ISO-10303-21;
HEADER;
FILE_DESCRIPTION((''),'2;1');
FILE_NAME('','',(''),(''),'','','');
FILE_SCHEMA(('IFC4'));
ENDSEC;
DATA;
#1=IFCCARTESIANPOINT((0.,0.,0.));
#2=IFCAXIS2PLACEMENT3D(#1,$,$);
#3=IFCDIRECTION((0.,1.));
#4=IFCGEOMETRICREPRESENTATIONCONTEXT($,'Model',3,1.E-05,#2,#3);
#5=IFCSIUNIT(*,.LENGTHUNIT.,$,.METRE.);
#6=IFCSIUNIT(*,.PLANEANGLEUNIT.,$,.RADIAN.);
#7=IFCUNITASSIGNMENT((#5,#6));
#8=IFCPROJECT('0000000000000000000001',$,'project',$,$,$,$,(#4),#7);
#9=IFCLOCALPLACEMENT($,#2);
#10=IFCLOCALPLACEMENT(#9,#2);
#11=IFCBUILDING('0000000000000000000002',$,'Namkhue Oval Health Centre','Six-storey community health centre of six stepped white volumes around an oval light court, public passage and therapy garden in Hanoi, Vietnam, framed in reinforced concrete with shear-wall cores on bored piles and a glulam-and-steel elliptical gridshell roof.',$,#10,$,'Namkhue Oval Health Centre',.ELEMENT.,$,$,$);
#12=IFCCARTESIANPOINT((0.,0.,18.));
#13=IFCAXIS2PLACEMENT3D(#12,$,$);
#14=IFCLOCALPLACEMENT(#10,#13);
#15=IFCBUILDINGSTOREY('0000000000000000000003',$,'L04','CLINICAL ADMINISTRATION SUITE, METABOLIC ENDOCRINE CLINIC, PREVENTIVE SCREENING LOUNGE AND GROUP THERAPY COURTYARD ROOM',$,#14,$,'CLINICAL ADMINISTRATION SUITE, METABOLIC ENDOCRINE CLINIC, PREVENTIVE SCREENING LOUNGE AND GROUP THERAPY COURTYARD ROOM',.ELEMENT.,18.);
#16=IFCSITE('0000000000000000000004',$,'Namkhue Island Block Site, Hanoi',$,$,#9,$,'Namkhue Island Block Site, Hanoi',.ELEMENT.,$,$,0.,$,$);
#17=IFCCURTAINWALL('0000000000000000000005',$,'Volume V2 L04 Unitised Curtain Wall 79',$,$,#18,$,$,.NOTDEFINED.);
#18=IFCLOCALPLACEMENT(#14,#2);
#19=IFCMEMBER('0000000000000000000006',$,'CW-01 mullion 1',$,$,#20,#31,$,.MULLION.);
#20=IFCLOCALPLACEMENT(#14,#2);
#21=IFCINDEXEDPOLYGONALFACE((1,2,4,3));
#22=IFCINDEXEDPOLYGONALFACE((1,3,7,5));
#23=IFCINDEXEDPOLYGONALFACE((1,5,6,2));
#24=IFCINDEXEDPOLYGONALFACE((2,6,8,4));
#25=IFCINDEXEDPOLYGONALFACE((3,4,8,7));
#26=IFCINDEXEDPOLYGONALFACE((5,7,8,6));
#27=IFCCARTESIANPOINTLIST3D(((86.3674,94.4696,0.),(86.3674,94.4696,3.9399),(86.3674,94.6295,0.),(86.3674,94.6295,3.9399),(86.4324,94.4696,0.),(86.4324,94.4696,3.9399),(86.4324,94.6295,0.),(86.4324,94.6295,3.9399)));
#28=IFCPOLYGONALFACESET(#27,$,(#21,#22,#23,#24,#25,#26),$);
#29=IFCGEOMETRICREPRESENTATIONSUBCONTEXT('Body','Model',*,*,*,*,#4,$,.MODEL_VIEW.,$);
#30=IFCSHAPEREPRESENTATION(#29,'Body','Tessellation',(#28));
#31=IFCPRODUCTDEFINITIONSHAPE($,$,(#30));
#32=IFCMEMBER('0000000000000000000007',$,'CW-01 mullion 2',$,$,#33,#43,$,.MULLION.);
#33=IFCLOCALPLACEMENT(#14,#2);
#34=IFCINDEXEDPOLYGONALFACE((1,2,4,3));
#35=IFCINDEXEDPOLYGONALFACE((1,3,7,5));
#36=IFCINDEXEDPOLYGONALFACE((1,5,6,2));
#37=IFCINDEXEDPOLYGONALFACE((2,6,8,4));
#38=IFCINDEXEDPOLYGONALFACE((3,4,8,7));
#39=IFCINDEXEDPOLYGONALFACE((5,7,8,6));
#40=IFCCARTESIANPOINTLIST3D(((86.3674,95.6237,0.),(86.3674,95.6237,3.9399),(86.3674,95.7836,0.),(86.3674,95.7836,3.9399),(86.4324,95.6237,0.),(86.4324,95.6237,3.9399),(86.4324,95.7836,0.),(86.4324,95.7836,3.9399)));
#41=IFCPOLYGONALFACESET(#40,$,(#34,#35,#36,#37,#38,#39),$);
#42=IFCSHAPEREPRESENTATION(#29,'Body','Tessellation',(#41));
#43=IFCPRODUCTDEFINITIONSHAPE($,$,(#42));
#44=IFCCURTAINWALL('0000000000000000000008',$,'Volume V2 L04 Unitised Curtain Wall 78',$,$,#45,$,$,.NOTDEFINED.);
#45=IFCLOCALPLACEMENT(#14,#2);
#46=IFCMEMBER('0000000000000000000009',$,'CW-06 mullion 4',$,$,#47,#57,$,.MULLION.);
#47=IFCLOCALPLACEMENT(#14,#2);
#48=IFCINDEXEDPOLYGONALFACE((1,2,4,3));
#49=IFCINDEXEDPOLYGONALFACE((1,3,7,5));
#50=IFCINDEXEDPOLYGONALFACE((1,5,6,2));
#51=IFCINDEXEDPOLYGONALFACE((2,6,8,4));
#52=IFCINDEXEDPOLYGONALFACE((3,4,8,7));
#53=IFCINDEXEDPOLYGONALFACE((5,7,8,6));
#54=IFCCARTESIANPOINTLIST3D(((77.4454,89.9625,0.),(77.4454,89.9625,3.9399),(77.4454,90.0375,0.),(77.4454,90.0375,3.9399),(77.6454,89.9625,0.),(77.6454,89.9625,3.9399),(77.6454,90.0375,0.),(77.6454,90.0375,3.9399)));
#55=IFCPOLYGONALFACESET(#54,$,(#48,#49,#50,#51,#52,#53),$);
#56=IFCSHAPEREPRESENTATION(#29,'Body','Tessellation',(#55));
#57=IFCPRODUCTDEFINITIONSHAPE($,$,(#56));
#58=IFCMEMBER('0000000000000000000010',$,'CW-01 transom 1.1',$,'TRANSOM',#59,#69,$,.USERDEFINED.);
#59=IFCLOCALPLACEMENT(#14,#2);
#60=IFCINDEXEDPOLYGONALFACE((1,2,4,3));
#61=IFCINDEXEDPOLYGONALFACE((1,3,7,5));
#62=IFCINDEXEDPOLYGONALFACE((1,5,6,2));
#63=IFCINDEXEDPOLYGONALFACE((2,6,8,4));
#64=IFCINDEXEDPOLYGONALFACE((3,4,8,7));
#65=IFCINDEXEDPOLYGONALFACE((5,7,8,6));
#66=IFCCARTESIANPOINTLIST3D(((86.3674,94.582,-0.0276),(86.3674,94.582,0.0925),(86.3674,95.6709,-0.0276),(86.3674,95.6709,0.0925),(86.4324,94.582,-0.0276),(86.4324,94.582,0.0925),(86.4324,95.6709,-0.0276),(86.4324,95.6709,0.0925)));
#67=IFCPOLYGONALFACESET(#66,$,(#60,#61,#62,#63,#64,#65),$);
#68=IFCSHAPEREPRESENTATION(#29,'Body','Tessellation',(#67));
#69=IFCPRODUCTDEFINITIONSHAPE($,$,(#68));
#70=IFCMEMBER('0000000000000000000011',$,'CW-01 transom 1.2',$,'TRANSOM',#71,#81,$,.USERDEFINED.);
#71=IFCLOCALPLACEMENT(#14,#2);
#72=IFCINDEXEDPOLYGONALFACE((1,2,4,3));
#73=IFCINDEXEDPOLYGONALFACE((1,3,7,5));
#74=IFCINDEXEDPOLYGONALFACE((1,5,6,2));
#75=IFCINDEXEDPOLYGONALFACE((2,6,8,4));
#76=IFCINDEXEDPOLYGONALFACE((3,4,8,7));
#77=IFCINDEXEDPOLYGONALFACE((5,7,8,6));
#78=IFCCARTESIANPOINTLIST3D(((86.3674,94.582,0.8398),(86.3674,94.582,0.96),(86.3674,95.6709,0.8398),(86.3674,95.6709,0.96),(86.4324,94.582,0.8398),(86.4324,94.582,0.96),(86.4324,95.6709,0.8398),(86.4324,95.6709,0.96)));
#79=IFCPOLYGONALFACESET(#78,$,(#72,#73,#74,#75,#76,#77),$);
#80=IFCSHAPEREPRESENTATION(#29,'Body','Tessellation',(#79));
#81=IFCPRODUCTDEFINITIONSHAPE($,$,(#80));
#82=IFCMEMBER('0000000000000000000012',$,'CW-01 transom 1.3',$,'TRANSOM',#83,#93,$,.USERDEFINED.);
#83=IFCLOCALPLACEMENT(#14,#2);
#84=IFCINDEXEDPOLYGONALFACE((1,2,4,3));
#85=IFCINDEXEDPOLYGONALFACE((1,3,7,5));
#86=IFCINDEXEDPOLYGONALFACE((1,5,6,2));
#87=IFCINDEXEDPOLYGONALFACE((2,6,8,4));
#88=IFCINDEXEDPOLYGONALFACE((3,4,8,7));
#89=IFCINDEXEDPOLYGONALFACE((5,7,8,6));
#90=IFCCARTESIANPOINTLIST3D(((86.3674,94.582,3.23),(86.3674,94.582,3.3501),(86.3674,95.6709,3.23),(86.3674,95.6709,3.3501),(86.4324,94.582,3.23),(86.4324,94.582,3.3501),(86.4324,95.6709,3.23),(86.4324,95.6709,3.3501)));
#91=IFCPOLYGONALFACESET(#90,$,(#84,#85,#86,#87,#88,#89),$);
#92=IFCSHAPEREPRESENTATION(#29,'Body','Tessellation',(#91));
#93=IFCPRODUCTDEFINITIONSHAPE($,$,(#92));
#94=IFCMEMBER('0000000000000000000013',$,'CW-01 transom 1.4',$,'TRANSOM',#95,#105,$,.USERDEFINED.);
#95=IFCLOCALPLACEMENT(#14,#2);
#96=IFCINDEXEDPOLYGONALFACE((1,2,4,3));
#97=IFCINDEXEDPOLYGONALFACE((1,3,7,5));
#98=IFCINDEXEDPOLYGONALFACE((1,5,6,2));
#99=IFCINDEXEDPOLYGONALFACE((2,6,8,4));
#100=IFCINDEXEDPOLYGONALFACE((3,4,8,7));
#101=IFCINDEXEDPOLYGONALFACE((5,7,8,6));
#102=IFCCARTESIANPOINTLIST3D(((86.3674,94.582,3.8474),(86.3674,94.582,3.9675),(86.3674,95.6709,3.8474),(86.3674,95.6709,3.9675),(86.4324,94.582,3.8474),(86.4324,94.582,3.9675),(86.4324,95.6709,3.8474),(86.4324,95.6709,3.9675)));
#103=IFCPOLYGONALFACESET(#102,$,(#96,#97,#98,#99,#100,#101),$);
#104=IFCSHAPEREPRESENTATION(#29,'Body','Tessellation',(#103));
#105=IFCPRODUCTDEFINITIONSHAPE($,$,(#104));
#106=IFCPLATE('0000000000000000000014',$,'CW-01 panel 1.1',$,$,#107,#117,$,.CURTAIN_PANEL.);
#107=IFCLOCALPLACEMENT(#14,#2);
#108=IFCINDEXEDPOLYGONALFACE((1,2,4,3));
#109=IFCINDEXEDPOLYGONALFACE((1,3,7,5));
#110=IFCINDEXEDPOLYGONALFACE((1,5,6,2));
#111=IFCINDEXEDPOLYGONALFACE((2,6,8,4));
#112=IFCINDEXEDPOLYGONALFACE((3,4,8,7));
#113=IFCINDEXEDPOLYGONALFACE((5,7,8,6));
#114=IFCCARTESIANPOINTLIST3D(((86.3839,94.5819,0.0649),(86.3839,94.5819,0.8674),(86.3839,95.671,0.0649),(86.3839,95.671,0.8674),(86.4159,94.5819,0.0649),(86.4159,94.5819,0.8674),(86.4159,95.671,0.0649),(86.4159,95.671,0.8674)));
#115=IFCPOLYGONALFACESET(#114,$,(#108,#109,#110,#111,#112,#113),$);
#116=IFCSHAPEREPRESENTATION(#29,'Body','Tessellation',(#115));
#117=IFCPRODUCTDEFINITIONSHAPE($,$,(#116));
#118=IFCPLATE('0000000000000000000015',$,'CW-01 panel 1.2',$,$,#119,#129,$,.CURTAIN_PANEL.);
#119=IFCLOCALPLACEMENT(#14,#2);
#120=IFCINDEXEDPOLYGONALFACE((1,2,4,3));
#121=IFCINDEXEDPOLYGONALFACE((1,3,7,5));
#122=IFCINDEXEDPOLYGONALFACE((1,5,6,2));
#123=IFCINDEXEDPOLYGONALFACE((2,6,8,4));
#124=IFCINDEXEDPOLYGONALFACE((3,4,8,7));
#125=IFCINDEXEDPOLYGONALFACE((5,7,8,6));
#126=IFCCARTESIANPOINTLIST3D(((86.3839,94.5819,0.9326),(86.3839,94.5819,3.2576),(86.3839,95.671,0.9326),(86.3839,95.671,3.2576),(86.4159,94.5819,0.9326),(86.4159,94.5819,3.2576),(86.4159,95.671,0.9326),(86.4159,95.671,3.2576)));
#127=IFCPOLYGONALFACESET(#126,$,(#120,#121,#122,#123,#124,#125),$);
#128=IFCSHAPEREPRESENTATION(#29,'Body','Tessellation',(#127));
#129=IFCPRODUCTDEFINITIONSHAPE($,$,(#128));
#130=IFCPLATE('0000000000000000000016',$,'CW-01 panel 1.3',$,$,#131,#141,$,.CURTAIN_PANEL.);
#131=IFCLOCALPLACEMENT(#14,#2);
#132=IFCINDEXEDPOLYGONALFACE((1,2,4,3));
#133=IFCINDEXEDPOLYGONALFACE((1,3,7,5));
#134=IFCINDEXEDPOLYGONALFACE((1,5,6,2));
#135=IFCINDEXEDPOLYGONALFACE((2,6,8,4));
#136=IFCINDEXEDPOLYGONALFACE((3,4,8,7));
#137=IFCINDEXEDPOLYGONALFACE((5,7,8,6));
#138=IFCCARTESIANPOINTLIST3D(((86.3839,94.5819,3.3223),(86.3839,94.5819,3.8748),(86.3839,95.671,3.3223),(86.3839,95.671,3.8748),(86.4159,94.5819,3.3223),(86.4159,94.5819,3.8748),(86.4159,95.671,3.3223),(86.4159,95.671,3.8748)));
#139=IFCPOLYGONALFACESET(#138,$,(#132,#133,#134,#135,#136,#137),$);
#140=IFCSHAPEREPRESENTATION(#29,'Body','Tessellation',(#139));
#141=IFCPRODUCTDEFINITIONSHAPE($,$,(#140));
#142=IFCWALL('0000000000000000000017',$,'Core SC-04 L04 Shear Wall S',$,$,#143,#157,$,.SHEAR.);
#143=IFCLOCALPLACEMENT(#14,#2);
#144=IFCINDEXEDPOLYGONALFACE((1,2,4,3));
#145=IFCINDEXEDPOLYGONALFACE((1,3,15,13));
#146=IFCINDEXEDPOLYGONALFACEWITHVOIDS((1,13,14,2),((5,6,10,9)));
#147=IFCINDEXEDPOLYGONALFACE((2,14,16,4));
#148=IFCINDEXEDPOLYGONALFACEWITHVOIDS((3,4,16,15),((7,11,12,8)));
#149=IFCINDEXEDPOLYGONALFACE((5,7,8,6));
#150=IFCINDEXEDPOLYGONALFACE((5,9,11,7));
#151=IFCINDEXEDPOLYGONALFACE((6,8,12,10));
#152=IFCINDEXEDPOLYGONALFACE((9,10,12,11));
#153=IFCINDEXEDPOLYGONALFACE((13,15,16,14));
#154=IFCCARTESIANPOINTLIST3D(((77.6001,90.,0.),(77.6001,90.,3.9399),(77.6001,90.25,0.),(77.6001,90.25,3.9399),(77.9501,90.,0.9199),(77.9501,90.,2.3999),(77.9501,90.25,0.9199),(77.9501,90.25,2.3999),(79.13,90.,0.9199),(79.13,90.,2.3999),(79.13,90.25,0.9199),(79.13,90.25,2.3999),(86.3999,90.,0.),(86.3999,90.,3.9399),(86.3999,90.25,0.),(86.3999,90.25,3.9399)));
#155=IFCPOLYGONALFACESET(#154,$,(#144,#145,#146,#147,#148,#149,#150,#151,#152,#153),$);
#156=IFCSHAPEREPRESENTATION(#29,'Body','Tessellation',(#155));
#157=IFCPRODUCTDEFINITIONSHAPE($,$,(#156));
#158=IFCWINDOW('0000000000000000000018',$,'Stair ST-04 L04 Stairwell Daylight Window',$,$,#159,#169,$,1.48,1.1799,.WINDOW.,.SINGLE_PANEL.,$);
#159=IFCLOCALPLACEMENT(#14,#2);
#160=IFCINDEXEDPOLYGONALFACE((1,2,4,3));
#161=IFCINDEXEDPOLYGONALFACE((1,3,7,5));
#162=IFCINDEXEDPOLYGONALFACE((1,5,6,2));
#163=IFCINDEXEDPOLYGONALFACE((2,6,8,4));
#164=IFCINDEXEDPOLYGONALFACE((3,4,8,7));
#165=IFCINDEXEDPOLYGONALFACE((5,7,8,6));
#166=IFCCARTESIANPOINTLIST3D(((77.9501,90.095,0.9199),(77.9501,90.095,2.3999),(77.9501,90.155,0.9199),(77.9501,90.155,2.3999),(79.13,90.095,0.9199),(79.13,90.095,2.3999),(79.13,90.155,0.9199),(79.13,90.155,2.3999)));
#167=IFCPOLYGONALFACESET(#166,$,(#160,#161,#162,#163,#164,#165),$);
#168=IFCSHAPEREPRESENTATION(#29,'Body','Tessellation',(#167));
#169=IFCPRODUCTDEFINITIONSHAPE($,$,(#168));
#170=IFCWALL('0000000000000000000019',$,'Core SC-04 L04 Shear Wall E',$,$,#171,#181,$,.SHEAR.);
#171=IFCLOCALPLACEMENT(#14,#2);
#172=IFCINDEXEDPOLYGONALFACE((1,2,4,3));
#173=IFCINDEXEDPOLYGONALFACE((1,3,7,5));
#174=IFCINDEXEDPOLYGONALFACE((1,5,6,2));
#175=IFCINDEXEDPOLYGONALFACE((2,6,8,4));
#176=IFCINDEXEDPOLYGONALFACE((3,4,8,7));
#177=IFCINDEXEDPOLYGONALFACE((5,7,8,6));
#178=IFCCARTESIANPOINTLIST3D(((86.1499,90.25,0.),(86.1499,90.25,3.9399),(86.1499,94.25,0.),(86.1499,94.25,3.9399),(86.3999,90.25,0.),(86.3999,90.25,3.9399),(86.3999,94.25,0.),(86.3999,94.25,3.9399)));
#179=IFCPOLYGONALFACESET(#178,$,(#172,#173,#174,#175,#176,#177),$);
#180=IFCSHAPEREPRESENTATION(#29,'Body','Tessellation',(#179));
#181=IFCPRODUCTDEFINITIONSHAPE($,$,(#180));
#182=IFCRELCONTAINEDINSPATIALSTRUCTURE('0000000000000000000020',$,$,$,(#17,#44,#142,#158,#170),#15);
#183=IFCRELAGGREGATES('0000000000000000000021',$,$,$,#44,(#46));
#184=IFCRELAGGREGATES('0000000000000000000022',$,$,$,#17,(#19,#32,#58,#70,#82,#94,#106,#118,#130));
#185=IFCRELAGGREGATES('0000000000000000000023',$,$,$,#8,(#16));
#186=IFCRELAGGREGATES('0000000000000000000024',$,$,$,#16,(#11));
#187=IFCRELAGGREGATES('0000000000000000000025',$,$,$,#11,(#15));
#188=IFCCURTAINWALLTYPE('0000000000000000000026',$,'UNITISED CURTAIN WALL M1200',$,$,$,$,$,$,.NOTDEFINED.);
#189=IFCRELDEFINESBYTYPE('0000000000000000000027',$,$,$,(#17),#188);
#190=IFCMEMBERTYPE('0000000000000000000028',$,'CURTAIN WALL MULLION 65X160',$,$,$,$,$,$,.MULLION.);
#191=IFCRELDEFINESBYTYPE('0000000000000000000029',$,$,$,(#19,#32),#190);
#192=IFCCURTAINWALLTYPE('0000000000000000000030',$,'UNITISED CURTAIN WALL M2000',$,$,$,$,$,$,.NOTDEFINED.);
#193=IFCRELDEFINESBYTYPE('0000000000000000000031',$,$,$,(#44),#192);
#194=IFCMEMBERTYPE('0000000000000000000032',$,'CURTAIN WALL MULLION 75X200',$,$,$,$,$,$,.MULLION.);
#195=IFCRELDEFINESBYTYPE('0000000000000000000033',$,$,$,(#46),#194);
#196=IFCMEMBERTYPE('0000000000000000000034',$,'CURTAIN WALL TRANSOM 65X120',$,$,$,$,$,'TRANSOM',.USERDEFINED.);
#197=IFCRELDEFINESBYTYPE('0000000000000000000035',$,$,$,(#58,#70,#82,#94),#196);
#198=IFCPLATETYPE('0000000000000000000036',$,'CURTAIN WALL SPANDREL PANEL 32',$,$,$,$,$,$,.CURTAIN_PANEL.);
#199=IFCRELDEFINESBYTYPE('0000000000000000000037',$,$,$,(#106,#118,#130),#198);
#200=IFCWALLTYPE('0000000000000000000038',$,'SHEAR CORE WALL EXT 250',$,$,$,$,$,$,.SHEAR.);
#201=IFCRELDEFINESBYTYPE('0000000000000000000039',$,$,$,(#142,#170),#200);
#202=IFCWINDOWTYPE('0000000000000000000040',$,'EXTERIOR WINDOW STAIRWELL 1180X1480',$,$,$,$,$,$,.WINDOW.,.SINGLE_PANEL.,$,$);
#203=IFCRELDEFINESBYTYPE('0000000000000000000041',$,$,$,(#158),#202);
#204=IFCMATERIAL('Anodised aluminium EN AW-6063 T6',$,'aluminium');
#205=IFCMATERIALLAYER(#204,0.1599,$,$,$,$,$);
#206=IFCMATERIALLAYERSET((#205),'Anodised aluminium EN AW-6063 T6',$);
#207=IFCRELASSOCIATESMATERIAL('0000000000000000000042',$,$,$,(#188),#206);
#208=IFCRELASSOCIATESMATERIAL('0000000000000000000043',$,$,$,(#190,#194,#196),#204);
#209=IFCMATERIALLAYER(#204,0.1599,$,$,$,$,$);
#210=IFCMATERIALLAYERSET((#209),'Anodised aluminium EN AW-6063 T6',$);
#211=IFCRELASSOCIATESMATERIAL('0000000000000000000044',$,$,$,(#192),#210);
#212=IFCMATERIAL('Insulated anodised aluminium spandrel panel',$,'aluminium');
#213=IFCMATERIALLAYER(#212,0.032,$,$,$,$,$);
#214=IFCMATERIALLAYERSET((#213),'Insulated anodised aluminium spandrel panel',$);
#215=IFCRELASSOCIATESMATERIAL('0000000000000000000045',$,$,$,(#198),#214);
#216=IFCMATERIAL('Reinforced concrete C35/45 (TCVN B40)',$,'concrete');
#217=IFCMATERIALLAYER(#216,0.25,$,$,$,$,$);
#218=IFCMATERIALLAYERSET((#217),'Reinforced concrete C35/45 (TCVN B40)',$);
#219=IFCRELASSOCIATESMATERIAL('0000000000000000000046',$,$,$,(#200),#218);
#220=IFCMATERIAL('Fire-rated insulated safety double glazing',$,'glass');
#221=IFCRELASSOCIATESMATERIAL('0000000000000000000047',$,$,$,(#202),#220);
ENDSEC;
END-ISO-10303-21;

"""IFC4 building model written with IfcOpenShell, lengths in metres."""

from ifc_helpers import new_model, si_unit, direction, frame, frame_2d, origin, origin_2d, place, context, subcontext, project, spatial, rectangle, extrude, material, layer, layer_set, material_profile, profile_set, type_object, element, fill, aggregate, save


model = new_model("IFC4")

# Units and contexts
model_context = context("Model", 3, precision=1e-05, world=origin(), true_north=direction((0.0, 1.0)))
body_context = subcontext(model_context, "Body", "Model", "MODEL_VIEW")
ifc_project = project(units=[si_unit("LENGTHUNIT", "METRE"), si_unit("PLANEANGLEUNIT", "RADIAN")], contexts=[model_context])

# Site, building, storey
site_placement = place(None, origin())
site = spatial("IfcSite", under=ifc_project, at=site_placement, Name="Namkhue Island Block Site, Hanoi", LongName="Namkhue Island Block Site, Hanoi", CompositionType="ELEMENT", RefElevation=0.0)
building_placement = place(site_placement, origin())
building = spatial("IfcBuilding", under=site, at=building_placement, Name="Namkhue Oval Health Centre", Description="Six-storey community health centre of six stepped white volumes around an oval light court, public passage and therapy garden in Hanoi, Vietnam, framed in reinforced concrete with shear-wall cores on bored piles and a glulam-and-steel elliptical gridshell roof.", LongName="Namkhue Oval Health Centre", CompositionType="ELEMENT")
storey_placement = place(building_placement, frame((0.0, 0.0, 18.0)))
storey = spatial("IfcBuildingStorey", under=building, at=storey_placement, Name="L04", Description="CLINICAL ADMINISTRATION SUITE, METABOLIC ENDOCRINE CLINIC, PREVENTIVE SCREENING LOUNGE AND GROUP THERAPY COURTYARD ROOM", LongName="CLINICAL ADMINISTRATION SUITE, METABOLIC ENDOCRINE CLINIC, PREVENTIVE SCREENING LOUNGE AND GROUP THERAPY COURTYARD ROOM", CompositionType="ELEMENT", Elevation=18.0)

# Curtain wall, members
ifc_material_1 = material(Name="Anodised aluminium EN AW-6063 T6", Category="aluminium")
ifc_layer_1 = layer(ifc_material_1, 0.1599)
ifc_layer_set_1 = layer_set([ifc_layer_1], Name="Anodised aluminium EN AW-6063 T6")
curtain_wall_type_1 = type_object("IfcCurtainWallType", Name="UNITISED CURTAIN WALL M1200", PredefinedType="NOTDEFINED", material=ifc_layer_set_1)
curtain_wall_1_placement = place(storey_placement, origin())
curtain_wall_1 = element("IfcCurtainWall", 1, at=curtain_wall_1_placement, inside=storey, type_object=curtain_wall_type_1, Name="Volume V2 L04 Unitised Curtain Wall 79", PredefinedType="NOTDEFINED")
ifc_material_profile_1 = material_profile(ifc_material_1, rectangle(XDim=0.0649, YDim=0.1599, at=origin_2d()), Name="ALU 65x160")
ifc_profile_set_1 = profile_set([ifc_material_profile_1], Name="Anodised aluminium EN AW-6063 T6")
member_type_1 = type_object("IfcMemberType", Name="CURTAIN WALL MULLION 65X160", PredefinedType="MULLION", material=ifc_profile_set_1)
member_1_placement = place(storey_placement, frame((86.3999, 94.5496, 0.0), z_axis=(0.0, 0.0, 1.0), x_axis=(-1.0, 0.0, 0.0)))
member_1 = element("IfcMember", 2, at=member_1_placement, type_object=member_type_1, Name="CW-01 mullion 1", PredefinedType="MULLION", context=body_context, shape_type="SweptSolid", body=[
    extrude(rectangle(XDim=0.0649, YDim=0.1599, at=origin_2d()), origin(), (0.0, 0.0, 1.0), 3.9399),
])
member_2_placement = place(storey_placement, frame((86.3999, 95.7036, 0.0), z_axis=(0.0, 0.0, 1.0), x_axis=(-1.0, 0.0, 0.0)))
member_2 = element("IfcMember", 3, at=member_2_placement, type_object=member_type_1, Name="CW-01 mullion 2", PredefinedType="MULLION", context=body_context, shape_type="SweptSolid", body=[
    extrude(rectangle(XDim=0.0649, YDim=0.1599, at=origin_2d()), origin(), (0.0, 0.0, 1.0), 3.9399),
])

# Curtain wall, member
ifc_layer_2 = layer(ifc_material_1, 0.1599)
ifc_layer_set_2 = layer_set([ifc_layer_2], Name="Anodised aluminium EN AW-6063 T6")
curtain_wall_type_2 = type_object("IfcCurtainWallType", Name="UNITISED CURTAIN WALL M2000", PredefinedType="NOTDEFINED", material=ifc_layer_set_2)
curtain_wall_2_placement = place(storey_placement, origin())
curtain_wall_2 = element("IfcCurtainWall", 4, at=curtain_wall_2_placement, inside=storey, type_object=curtain_wall_type_2, Name="Volume V2 L04 Unitised Curtain Wall 78", PredefinedType="NOTDEFINED")
ifc_material_profile_2 = material_profile(ifc_material_1, rectangle(XDim=0.075, YDim=0.2, at=origin_2d()), Name="ALU 75x200")
ifc_profile_set_2 = profile_set([ifc_material_profile_2], Name="Anodised aluminium EN AW-6063 T6")
member_type_2 = type_object("IfcMemberType", Name="CURTAIN WALL MULLION 75X200", PredefinedType="MULLION", material=ifc_profile_set_2)
member_3_placement = place(storey_placement, frame((77.5454, 90.0, 0.0), z_axis=(0.0, 0.0, 1.0), x_axis=(0.0, 1.0, 0.0)))
member_3 = element("IfcMember", 5, at=member_3_placement, type_object=member_type_2, Name="CW-06 mullion 4", PredefinedType="MULLION", context=body_context, shape_type="SweptSolid", body=[
    extrude(rectangle(XDim=0.075, YDim=0.2, at=origin_2d()), origin(), (0.0, 0.0, 1.0), 3.9399),
])
aggregate(curtain_wall_2, [member_3])

# Members
ifc_material_profile_3 = material_profile(ifc_material_1, rectangle(XDim=0.0649, YDim=0.1201, at=origin_2d()), Name="ALU 65x120")
ifc_profile_set_3 = profile_set([ifc_material_profile_3], Name="Anodised aluminium EN AW-6063 T6")
member_type_3 = type_object("IfcMemberType", Name="CURTAIN WALL TRANSOM 65X120", ElementType="TRANSOM", PredefinedType="USERDEFINED", material=ifc_profile_set_3)
member_4_placement = place(storey_placement, frame((86.3999, 94.582, 0.0325), z_axis=(0.0, 1.0, 0.0), x_axis=(-1.0, 0.0, 0.0)))
member_4 = element("IfcMember", 6, at=member_4_placement, type_object=member_type_3, Name="CW-01 transom 1.1", ObjectType="TRANSOM", PredefinedType="USERDEFINED", context=body_context, shape_type="SweptSolid", body=[
    extrude(rectangle(XDim=0.0649, YDim=0.1201, at=origin_2d()), origin(), (0.0, 0.0, 1.0), 1.0889),
])
member_5_placement = place(storey_placement, frame((86.3999, 94.582, 0.8999), z_axis=(0.0, 1.0, 0.0), x_axis=(-1.0, 0.0, 0.0)))
member_5 = element("IfcMember", 7, at=member_5_placement, type_object=member_type_3, Name="CW-01 transom 1.2", ObjectType="TRANSOM", PredefinedType="USERDEFINED", context=body_context, shape_type="SweptSolid", body=[
    extrude(rectangle(XDim=0.0649, YDim=0.1201, at=origin_2d()), origin(), (0.0, 0.0, 1.0), 1.0889),
])
member_6_placement = place(storey_placement, frame((86.3999, 94.582, 3.29), z_axis=(0.0, 1.0, 0.0), x_axis=(-1.0, 0.0, 0.0)))
member_6 = element("IfcMember", 8, at=member_6_placement, type_object=member_type_3, Name="CW-01 transom 1.3", ObjectType="TRANSOM", PredefinedType="USERDEFINED", context=body_context, shape_type="SweptSolid", body=[
    extrude(rectangle(XDim=0.0649, YDim=0.1201, at=origin_2d()), origin(), (0.0, 0.0, 1.0), 1.0889),
])
member_7_placement = place(storey_placement, frame((86.3999, 94.582, 3.9075), z_axis=(0.0, 1.0, 0.0), x_axis=(-1.0, 0.0, 0.0)))
member_7 = element("IfcMember", 9, at=member_7_placement, type_object=member_type_3, Name="CW-01 transom 1.4", ObjectType="TRANSOM", PredefinedType="USERDEFINED", context=body_context, shape_type="SweptSolid", body=[
    extrude(rectangle(XDim=0.0649, YDim=0.1201, at=origin_2d()), origin(), (0.0, 0.0, 1.0), 1.0889),
])

# Plates
ifc_material_2 = material(Name="Insulated anodised aluminium spandrel panel", Category="aluminium")
ifc_layer_3 = layer(ifc_material_2, 0.032)
ifc_layer_set_3 = layer_set([ifc_layer_3], Name="Insulated anodised aluminium spandrel panel")
plate_type = type_object("IfcPlateType", Name="CURTAIN WALL SPANDREL PANEL 32", PredefinedType="CURTAIN_PANEL", material=ifc_layer_set_3)
plate_1_placement = place(storey_placement, frame((86.3999, 95.1265, 0.0649), z_axis=(0.0, 0.0, 1.0), x_axis=(0.0, 1.0, 0.0)))
plate_1 = element("IfcPlate", 10, at=plate_1_placement, type_object=plate_type, Name="CW-01 panel 1.1", PredefinedType="CURTAIN_PANEL", context=body_context, shape_type="SweptSolid", body=[
    extrude(rectangle(XDim=1.0891, YDim=0.032, at=origin_2d()), origin(), (0.0, 0.0, 1.0), 0.8025),
])
plate_2_placement = place(storey_placement, frame((86.3999, 95.1265, 0.9326), z_axis=(0.0, 0.0, 1.0), x_axis=(0.0, 1.0, 0.0)))
plate_2 = element("IfcPlate", 11, at=plate_2_placement, type_object=plate_type, Name="CW-01 panel 1.2", PredefinedType="CURTAIN_PANEL", context=body_context, shape_type="SweptSolid", body=[
    extrude(rectangle(XDim=1.0891, YDim=0.032, at=origin_2d()), origin(), (0.0, 0.0, 1.0), 2.325),
])
plate_3_placement = place(storey_placement, frame((86.3999, 95.1265, 3.3223), z_axis=(0.0, 0.0, 1.0), x_axis=(0.0, 1.0, 0.0)))
plate_3 = element("IfcPlate", 12, at=plate_3_placement, type_object=plate_type, Name="CW-01 panel 1.3", PredefinedType="CURTAIN_PANEL", context=body_context, shape_type="SweptSolid", body=[
    extrude(rectangle(XDim=1.0891, YDim=0.032, at=origin_2d()), origin(), (0.0, 0.0, 1.0), 0.5525),
])
aggregate(curtain_wall_1, [member_1, member_2, member_4, member_5, member_6, member_7, plate_1, plate_2, plate_3])

# Wall, opening, window
ifc_material_3 = material(Name="Reinforced concrete C35/45 (TCVN B40)", Category="concrete")
ifc_layer_4 = layer(ifc_material_3, 0.25)
ifc_layer_set_4 = layer_set([ifc_layer_4], Name="Reinforced concrete C35/45 (TCVN B40)")
wall_type_1 = type_object("IfcWallType", Name="SHEAR CORE WALL EXT 250", PredefinedType="SHEAR", material=ifc_layer_set_4)
wall_1_placement = place(storey_placement, frame((77.6001, 90.125, 0.0), z_axis=(0.0, 0.0, 1.0), x_axis=(1.0, 0.0, 0.0)))
wall_1 = element("IfcWall", 13, at=wall_1_placement, inside=storey, type_object=wall_type_1, Name="Core SC-04 L04 Shear Wall S", PredefinedType="SHEAR", context=body_context, shape_type="SweptSolid", body=[
    extrude(rectangle(XDim=8.7998, YDim=0.25, at=frame_2d((4.3999, 0.0))), origin(), (0.0, 0.0, 1.0), 3.9399),
])
opening_1_placement = place(wall_1_placement, frame((0.3501, 0.0, 0.9199)))
opening_1 = element("IfcOpeningElement", 14, at=opening_1_placement, cuts=wall_1, PredefinedType="OPENING", context=body_context, shape_type="SweptSolid", body=[
    extrude(rectangle(XDim=1.1799, YDim=1.48, at=frame_2d((0.5898, 0.74))), frame((0.0, 0.135, 0.0), z_axis=(0.0, -1.0, 0.0), x_axis=(1.0, 0.0, 0.0)), (0.0, 0.0, 1.0), 0.27),
])
ifc_material_4 = material(Name="Fire-rated insulated safety double glazing", Category="glass")
window_type = type_object("IfcWindowType", Name="EXTERIOR WINDOW STAIRWELL 1180X1480", PartitioningType="SINGLE_PANEL", PredefinedType="WINDOW", material=ifc_material_4)
window_placement = place(opening_1_placement, origin())
window = element("IfcWindow", 15, at=window_placement, inside=storey, type_object=window_type, Name="Stair ST-04 L04 Stairwell Daylight Window", OverallHeight=1.48, OverallWidth=1.1799, PartitioningType="SINGLE_PANEL", PredefinedType="WINDOW", context=body_context, shape_type="SweptSolid", body=[
    extrude(rectangle(XDim=1.1799, YDim=1.48, at=frame_2d((0.5898, 0.74))), frame((0.0, 0.03, 0.0), z_axis=(0.0, -1.0, 0.0), x_axis=(1.0, 0.0, 0.0)), (0.0, 0.0, 1.0), 0.0601),
])
fill(opening_1, window)

# Wall
wall_2_placement = place(storey_placement, frame((86.2749, 90.25, 0.0), z_axis=(0.0, 0.0, 1.0), x_axis=(0.0, 1.0, 0.0)))
element("IfcWall", 16, at=wall_2_placement, inside=storey, type_object=wall_type_1, Name="Core SC-04 L04 Shear Wall E", PredefinedType="SHEAR", context=body_context, shape_type="SweptSolid", body=[
    extrude(rectangle(XDim=4.0, YDim=0.25, at=frame_2d((2.0, 0.0))), origin(), (0.0, 0.0, 1.0), 3.9399),
])

save(model, "model.ifc")
